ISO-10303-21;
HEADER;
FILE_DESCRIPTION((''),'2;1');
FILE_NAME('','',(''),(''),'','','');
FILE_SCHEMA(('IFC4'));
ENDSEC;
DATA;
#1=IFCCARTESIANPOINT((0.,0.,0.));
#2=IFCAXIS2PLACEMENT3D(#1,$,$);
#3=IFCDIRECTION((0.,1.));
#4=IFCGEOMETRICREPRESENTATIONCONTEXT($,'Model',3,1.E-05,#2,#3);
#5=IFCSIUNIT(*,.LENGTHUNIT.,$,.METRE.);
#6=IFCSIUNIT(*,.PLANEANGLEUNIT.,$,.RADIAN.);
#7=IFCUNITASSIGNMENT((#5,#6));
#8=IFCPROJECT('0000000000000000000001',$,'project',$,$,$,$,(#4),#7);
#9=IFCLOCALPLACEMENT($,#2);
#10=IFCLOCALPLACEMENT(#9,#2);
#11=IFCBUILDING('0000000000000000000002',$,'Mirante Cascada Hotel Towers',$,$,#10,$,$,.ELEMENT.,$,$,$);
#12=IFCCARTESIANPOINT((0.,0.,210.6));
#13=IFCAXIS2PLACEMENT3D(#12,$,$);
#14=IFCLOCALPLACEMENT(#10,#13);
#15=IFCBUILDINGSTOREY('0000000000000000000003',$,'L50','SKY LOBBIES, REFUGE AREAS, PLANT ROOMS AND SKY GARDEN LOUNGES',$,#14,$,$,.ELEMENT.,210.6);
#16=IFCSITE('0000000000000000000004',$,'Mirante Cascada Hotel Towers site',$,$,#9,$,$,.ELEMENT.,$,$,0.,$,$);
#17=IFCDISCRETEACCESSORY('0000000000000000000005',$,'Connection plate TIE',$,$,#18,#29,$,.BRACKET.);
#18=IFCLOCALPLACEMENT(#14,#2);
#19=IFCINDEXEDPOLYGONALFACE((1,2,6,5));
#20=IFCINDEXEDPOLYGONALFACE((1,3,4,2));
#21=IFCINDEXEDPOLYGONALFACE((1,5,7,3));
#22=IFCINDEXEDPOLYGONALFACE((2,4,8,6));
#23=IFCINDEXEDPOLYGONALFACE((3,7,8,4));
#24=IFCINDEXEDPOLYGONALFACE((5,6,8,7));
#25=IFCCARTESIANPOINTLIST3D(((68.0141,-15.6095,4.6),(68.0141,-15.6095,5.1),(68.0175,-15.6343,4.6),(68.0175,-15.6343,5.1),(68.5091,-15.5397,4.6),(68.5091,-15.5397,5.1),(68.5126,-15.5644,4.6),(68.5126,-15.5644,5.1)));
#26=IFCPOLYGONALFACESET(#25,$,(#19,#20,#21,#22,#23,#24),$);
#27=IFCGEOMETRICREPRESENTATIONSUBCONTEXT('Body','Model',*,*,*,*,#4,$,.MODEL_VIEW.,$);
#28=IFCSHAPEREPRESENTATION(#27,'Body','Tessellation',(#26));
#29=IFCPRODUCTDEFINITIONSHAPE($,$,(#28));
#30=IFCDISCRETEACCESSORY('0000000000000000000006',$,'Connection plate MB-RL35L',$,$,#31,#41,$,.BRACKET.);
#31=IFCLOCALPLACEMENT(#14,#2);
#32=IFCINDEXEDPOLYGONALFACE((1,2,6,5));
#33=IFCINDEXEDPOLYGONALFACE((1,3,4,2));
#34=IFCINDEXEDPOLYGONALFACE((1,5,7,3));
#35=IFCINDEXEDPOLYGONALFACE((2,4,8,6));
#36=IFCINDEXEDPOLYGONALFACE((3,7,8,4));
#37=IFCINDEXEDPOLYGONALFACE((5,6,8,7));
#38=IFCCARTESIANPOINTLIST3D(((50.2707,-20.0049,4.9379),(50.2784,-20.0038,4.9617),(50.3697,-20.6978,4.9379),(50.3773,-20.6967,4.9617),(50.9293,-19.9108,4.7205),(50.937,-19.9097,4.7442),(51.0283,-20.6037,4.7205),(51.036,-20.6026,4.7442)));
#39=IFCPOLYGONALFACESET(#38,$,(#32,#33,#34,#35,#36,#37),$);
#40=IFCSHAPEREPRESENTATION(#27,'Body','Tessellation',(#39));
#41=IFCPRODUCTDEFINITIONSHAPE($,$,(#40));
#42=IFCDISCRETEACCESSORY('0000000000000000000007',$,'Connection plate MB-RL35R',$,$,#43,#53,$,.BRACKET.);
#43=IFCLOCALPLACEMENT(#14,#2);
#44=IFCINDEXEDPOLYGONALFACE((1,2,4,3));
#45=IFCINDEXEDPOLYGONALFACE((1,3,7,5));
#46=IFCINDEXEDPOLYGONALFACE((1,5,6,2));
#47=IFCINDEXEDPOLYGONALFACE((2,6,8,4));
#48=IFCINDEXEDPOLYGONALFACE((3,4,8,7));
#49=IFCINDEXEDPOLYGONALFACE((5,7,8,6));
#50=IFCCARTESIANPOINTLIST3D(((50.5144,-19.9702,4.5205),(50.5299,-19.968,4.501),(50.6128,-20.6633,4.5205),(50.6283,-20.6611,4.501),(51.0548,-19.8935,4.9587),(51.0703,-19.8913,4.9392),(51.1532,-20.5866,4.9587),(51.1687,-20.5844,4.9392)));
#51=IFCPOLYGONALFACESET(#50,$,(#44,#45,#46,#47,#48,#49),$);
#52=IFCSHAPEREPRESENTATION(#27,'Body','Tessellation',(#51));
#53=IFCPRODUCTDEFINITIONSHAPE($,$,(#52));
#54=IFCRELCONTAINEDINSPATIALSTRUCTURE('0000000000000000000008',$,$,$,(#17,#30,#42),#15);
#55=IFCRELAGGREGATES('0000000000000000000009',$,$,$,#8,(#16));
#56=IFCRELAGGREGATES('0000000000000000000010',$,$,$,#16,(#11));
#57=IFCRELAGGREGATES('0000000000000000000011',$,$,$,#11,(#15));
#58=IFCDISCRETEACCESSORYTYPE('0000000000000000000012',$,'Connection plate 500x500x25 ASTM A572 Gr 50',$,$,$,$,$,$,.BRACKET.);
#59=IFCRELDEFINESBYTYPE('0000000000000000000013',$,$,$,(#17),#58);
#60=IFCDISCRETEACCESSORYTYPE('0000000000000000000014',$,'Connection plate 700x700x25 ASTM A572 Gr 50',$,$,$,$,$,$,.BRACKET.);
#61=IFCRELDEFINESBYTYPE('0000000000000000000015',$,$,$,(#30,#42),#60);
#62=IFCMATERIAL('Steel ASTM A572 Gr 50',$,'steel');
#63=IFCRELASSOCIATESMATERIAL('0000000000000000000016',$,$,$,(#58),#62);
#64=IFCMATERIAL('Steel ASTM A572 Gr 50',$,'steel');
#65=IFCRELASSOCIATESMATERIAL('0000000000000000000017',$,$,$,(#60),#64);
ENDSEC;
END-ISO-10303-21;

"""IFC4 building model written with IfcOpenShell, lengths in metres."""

from ifc_helpers import new_model, si_unit, direction, frame, origin, origin_2d, place, context, subcontext, project, spatial, rectangle, extrude, material, material_profile, profile_set, type_object, element, save


model = new_model("IFC4")

# Units and contexts
model_context = context("Model", 3, precision=1e-05, world=origin(), true_north=direction((0.0, 1.0)))
body_context = subcontext(model_context, "Body", "Model", "MODEL_VIEW")
ifc_project = project(units=[si_unit("LENGTHUNIT", "METRE"), si_unit("PLANEANGLEUNIT", "RADIAN")], contexts=[model_context])

# Site, building, storey
site_placement = place(None, origin())
site = spatial("IfcSite", under=ifc_project, at=site_placement, Name="Mirante Cascada Hotel Towers site", CompositionType="ELEMENT", RefElevation=0.0)
building_placement = place(site_placement, origin())
building = spatial("IfcBuilding", under=site, at=building_placement, Name="Mirante Cascada Hotel Towers", CompositionType="ELEMENT")
storey_placement = place(building_placement, frame((0.0, 0.0, 210.6)))
storey = spatial("IfcBuildingStorey", under=building, at=storey_placement, Name="L50", Description="SKY LOBBIES, REFUGE AREAS, PLANT ROOMS AND SKY GARDEN LOUNGES", CompositionType="ELEMENT", Elevation=210.6)

# Discrete accessories
ifc_material_1 = material(Name="Steel ASTM A572 Gr 50", Category="steel")
ifc_material_profile_1 = material_profile(ifc_material_1, rectangle(XDim=0.5, YDim=0.5, at=origin_2d()), Name="Connection plate 500x500x25 ASTM A572 Gr 50")
ifc_profile_set_1 = profile_set([ifc_material_profile_1], Name="Steel ASTM A572 Gr 50")
discrete_accessory_type_1 = type_object("IfcDiscreteAccessoryType", Name="Connection plate 500x500x25 ASTM A572 Gr 50", PredefinedType="BRACKET", material=ifc_profile_set_1)
for number, where, z_axis, x_axis, name in (
    (1, (68.2616, -15.5746, 4.85), (0.139744, -0.990188, 0.0), (0.990188, 0.139744, 0.0), "Connection plate TIE"),
):
    element("IfcDiscreteAccessory", number, at=place(storey_placement, frame(where, z_axis=z_axis, x_axis=x_axis)), inside=storey, type_object=discrete_accessory_type_1, Name=name, PredefinedType="BRACKET", context=body_context, shape_type="SweptSolid", body=[
        extrude(rectangle(XDim=0.5, YDim=0.5, at=origin_2d()), origin(), (0.0, 0.0, 1.0), 0.025),
    ])
ifc_material_2 = material(Name="Steel ASTM A572 Gr 50", Category="steel")
ifc_material_profile_2 = material_profile(ifc_material_2, rectangle(XDim=0.7, YDim=0.7, at=origin_2d()), Name="Connection plate 700x700x25 ASTM A572 Gr 50")
ifc_profile_set_2 = profile_set([ifc_material_profile_2], Name="Steel ASTM A572 Gr 50")
discrete_accessory_type_2 = type_object("IfcDiscreteAccessoryType", Name="Connection plate 700x700x25 ASTM A572 Gr 50", PredefinedType="BRACKET", material=ifc_profile_set_2)
for number, where, z_axis, x_axis, name in (
    (2, (50.6495, -20.3043, 4.8292), (0.307523, 0.043932, 0.950526), (-0.141421, 0.98995, 0.0), "Connection plate MB-RL35L"),
    (3, (50.8493, -20.2762, 4.7201), (-0.619831, -0.087976, 0.779788), (0.140527, -0.990077, 0.0), "Connection plate MB-RL35R"),
):
    element("IfcDiscreteAccessory", number, at=place(storey_placement, frame(where, z_axis=z_axis, x_axis=x_axis)), inside=storey, type_object=discrete_accessory_type_2, Name=name, PredefinedType="BRACKET", context=body_context, shape_type="SweptSolid", body=[
        extrude(rectangle(XDim=0.7, YDim=0.7, at=origin_2d()), origin(), (0.0, 0.0, 1.0), 0.025),
    ])

save(model, "model.ifc")
